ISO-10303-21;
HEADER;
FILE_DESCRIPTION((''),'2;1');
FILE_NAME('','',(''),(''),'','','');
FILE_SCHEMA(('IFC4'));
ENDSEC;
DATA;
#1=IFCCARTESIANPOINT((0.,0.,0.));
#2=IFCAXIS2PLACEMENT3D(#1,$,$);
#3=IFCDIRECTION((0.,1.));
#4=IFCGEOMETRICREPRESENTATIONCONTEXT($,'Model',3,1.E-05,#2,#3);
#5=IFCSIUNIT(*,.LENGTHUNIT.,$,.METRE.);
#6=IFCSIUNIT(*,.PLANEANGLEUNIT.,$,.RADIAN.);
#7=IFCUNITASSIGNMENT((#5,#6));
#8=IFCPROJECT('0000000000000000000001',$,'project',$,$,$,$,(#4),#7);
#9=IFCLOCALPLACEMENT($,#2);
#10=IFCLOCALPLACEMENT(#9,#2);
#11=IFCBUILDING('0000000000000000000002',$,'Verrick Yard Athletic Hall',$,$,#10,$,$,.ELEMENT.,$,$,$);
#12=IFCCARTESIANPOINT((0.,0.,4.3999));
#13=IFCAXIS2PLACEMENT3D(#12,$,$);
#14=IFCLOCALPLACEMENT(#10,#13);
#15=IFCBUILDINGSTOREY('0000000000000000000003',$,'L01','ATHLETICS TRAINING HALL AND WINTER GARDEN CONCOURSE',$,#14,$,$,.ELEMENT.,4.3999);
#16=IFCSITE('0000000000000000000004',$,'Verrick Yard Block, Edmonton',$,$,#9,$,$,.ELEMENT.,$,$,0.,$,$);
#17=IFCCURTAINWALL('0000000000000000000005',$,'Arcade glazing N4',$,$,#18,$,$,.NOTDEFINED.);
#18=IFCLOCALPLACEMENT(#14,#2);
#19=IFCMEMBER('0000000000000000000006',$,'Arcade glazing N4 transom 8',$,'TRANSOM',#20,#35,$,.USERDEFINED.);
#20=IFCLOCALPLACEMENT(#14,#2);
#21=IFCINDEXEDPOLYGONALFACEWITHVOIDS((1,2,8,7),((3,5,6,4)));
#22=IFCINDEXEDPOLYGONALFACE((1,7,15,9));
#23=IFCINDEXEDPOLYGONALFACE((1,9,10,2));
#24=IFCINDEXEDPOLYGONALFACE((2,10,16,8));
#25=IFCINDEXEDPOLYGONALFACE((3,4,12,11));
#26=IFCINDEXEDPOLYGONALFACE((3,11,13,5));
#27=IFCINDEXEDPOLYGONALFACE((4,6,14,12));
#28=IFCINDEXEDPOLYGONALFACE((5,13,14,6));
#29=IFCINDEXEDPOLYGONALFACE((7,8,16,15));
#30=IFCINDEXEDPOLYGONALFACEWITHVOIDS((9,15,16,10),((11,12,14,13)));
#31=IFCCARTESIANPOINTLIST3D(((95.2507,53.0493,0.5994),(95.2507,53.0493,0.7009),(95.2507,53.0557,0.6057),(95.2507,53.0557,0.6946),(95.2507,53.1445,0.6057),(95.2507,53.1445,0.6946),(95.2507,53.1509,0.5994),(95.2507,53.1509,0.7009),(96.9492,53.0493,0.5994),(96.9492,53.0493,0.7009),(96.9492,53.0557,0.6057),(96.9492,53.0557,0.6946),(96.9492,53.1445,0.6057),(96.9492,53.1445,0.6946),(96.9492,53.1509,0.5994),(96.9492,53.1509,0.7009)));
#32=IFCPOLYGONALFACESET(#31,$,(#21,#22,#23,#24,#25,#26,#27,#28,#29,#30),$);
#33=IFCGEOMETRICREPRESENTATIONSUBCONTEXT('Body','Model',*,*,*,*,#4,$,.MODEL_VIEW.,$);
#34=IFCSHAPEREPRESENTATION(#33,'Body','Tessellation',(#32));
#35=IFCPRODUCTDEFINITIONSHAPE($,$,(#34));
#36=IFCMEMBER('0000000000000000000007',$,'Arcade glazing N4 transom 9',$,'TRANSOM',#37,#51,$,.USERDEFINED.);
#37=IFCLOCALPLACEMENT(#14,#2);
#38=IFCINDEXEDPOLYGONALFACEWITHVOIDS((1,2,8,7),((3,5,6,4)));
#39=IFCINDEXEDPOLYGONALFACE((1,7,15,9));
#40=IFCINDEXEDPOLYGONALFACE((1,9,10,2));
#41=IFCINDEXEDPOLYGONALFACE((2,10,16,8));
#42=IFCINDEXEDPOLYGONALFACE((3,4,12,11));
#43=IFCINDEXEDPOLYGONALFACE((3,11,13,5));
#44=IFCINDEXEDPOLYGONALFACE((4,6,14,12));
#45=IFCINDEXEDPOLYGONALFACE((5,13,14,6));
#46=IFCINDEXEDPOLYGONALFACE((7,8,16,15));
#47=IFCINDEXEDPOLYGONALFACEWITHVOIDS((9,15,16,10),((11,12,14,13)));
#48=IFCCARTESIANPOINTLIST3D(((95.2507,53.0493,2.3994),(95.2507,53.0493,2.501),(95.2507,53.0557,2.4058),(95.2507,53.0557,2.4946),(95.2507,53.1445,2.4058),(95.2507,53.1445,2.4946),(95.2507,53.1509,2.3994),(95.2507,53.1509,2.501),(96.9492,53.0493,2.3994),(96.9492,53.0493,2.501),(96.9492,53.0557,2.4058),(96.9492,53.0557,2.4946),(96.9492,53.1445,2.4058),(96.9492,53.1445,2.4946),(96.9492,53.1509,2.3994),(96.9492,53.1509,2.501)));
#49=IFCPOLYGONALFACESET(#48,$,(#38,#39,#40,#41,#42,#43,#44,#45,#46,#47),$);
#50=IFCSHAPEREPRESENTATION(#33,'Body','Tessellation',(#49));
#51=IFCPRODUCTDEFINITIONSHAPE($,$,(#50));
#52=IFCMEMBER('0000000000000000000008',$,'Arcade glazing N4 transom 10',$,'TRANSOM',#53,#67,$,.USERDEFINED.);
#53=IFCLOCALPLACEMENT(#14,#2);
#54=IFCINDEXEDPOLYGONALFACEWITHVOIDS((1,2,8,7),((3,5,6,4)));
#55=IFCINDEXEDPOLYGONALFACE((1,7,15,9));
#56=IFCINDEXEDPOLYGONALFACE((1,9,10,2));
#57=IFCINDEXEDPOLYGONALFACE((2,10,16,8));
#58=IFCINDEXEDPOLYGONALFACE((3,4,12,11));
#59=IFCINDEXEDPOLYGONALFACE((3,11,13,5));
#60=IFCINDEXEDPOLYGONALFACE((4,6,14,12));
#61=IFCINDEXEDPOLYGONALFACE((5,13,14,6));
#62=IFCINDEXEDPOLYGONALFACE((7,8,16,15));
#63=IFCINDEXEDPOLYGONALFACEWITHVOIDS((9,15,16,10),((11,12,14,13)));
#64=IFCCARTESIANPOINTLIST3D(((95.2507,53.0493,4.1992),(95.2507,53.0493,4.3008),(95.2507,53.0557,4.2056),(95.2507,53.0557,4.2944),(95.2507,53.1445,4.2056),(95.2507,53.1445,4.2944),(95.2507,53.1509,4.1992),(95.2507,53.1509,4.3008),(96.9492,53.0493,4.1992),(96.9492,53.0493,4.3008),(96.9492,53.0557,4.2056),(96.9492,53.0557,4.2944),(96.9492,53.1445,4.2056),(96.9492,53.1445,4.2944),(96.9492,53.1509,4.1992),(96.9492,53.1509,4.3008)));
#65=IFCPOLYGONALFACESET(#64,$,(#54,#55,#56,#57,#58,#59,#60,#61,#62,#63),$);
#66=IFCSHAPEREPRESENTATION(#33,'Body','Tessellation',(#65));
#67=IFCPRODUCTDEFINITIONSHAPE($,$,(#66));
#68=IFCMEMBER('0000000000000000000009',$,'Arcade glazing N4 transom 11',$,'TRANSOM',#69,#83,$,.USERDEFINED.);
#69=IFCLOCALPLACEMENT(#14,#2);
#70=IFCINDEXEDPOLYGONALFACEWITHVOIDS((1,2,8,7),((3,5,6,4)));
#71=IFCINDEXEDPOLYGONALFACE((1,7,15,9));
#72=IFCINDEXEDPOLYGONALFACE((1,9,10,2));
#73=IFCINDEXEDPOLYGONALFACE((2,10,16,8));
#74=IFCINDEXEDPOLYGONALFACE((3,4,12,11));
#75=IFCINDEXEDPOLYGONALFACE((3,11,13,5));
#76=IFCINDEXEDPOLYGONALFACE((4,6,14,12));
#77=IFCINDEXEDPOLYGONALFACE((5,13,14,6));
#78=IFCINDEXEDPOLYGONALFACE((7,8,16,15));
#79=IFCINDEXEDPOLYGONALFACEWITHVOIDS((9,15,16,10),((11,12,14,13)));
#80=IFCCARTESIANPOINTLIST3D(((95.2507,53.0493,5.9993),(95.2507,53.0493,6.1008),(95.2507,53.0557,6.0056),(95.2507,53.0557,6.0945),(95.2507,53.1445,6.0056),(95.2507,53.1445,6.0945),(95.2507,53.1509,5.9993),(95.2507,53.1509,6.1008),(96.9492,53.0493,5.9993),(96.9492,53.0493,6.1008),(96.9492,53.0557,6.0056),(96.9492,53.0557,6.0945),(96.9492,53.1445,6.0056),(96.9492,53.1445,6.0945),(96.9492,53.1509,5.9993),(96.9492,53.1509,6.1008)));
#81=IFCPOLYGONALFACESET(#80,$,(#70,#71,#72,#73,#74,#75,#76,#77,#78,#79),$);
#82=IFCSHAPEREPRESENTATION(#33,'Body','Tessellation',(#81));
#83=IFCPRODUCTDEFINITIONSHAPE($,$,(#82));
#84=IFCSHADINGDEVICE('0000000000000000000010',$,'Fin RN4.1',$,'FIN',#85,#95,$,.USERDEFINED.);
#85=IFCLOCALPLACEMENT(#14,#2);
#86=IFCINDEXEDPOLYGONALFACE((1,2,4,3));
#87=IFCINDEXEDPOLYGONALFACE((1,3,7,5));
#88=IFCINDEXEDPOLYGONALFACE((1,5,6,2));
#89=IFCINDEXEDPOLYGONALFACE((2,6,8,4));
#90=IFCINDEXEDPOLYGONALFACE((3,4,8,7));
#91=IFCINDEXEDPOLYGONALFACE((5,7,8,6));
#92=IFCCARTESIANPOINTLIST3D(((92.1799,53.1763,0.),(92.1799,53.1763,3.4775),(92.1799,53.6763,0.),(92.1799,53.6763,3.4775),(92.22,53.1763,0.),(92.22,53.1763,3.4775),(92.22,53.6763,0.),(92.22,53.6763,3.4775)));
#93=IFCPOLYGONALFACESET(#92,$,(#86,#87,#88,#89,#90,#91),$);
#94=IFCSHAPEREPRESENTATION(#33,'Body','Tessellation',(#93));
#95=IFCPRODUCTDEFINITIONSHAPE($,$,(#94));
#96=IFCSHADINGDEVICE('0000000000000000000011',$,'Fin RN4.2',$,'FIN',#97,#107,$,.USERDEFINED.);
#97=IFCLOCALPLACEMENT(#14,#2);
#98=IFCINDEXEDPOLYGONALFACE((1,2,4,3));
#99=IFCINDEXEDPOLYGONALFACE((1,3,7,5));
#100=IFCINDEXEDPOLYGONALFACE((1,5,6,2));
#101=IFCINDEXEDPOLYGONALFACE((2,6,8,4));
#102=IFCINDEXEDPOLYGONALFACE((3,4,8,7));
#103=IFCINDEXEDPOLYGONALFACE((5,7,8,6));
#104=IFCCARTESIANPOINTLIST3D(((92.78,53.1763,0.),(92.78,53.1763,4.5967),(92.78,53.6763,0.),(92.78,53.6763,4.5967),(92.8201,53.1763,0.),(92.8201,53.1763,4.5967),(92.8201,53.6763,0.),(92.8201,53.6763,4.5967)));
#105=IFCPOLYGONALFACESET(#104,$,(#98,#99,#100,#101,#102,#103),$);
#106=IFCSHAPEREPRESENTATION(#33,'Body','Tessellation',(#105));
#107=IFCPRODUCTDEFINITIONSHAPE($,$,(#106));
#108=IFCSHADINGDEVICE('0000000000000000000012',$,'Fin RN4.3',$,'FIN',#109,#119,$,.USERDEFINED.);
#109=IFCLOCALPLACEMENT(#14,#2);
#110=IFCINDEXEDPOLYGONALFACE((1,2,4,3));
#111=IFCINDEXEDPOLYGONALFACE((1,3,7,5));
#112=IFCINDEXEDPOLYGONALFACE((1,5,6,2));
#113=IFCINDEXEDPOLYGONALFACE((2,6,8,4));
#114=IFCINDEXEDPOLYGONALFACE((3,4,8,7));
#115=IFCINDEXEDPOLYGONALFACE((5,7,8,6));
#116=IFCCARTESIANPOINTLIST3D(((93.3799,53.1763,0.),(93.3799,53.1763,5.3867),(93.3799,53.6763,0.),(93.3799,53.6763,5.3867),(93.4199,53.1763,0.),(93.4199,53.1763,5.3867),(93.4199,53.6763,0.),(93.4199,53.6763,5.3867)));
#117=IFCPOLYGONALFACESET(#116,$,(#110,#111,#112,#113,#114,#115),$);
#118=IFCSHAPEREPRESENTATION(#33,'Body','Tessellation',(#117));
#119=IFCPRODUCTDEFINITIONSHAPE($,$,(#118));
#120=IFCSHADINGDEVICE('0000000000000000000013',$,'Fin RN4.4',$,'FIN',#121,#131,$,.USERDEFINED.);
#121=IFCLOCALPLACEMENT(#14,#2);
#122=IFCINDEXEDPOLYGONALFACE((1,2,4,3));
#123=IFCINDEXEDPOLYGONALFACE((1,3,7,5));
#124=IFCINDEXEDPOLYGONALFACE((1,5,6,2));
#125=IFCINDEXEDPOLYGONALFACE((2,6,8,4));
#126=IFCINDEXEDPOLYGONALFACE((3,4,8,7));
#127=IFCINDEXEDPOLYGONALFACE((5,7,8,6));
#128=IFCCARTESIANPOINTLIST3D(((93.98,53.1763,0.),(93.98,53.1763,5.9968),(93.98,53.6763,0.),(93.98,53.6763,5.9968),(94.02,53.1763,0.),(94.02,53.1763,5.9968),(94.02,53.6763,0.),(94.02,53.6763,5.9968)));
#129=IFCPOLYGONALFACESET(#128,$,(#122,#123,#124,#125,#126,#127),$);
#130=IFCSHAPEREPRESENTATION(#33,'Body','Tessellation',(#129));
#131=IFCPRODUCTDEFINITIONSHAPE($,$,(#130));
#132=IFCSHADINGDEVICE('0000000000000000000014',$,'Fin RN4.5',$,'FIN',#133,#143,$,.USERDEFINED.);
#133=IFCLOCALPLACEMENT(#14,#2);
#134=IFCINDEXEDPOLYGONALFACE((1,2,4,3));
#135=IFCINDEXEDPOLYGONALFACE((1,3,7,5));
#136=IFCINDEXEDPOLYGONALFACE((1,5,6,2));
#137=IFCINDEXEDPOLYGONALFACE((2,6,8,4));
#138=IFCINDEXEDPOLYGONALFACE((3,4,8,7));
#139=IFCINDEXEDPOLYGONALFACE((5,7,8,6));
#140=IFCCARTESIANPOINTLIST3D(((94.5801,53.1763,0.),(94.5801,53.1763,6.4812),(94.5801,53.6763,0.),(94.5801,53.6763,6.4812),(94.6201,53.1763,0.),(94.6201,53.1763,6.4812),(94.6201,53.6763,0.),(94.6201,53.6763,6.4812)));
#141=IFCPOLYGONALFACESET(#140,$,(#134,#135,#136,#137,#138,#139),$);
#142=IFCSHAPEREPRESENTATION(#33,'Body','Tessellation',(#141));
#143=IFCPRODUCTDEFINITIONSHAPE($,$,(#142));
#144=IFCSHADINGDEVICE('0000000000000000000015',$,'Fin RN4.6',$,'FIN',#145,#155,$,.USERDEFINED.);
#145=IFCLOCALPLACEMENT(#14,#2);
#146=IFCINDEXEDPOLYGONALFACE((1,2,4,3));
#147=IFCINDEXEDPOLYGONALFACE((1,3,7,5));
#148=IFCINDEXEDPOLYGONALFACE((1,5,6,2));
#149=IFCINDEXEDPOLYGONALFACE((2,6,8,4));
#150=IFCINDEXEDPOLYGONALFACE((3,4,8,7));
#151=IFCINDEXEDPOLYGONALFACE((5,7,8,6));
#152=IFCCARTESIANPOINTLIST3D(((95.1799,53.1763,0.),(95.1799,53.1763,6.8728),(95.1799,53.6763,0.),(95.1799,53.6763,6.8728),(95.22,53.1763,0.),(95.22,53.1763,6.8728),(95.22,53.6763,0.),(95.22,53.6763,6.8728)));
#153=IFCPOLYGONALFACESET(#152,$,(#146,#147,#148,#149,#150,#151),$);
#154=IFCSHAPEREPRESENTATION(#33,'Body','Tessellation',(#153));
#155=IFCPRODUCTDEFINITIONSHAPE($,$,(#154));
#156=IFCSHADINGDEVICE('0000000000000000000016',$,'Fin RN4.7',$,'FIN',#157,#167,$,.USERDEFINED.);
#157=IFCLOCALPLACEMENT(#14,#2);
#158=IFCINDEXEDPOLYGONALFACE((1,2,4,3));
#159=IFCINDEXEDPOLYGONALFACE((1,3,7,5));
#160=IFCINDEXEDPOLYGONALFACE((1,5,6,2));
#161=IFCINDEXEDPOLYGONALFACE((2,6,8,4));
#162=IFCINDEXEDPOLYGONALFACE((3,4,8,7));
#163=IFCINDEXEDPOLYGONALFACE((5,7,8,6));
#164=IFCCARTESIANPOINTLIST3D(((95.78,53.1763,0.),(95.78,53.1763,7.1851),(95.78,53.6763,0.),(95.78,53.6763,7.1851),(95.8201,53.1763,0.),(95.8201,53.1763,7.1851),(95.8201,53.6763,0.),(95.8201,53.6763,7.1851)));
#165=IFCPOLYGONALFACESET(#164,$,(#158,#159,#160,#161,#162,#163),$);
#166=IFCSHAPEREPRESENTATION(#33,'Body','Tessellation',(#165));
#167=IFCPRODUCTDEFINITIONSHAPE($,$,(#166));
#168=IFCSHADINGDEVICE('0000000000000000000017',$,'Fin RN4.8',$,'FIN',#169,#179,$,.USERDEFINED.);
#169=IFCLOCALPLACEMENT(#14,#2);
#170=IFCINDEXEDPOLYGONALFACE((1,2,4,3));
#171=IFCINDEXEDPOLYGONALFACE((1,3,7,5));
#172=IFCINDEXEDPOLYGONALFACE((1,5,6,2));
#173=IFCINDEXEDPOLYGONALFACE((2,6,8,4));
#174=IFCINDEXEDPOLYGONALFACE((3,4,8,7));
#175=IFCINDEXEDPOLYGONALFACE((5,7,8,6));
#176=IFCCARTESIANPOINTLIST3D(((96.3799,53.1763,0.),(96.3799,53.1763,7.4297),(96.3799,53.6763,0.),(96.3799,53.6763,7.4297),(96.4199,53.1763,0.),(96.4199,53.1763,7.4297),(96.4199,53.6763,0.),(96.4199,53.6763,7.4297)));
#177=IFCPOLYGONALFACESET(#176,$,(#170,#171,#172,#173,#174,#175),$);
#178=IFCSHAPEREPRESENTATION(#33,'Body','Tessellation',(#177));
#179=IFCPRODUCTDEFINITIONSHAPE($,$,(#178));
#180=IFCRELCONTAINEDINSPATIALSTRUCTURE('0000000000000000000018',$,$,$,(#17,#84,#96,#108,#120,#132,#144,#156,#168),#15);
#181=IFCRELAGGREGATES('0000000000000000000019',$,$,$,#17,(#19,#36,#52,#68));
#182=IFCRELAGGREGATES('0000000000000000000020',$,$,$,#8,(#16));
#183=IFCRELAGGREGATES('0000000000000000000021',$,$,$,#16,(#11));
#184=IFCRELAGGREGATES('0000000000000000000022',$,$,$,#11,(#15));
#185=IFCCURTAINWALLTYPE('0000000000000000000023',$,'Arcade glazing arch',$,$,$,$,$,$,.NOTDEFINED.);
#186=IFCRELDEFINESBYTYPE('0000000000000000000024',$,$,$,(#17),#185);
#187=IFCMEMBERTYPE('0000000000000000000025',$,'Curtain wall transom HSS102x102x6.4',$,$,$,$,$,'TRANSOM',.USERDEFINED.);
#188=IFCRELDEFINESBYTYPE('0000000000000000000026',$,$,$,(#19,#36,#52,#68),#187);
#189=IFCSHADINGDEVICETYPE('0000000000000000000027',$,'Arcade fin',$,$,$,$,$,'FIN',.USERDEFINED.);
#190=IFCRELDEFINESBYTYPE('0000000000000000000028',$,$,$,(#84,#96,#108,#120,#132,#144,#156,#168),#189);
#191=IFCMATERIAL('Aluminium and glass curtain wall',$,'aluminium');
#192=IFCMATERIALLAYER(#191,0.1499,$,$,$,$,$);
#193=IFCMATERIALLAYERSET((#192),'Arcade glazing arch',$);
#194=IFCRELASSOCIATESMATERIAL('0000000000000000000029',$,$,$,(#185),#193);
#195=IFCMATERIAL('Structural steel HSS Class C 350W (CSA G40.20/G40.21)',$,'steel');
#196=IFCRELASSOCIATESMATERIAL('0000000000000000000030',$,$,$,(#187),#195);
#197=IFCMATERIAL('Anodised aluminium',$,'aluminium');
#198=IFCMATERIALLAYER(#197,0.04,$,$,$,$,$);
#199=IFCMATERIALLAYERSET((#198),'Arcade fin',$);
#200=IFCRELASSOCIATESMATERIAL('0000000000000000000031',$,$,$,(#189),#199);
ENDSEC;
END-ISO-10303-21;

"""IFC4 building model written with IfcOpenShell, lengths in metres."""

from ifc_helpers import new_model, si_unit, direction, frame, origin, origin_2d, place, context, subcontext, project, spatial, polyline, hollow_rectangle, outline, extrude, material, layer, layer_set, material_profile, profile_set, type_object, element, aggregate, save


model = new_model("IFC4")

# Units and contexts
model_context = context("Model", 3, precision=1e-05, world=origin(), true_north=direction((0.0, 1.0)))
body_context = subcontext(model_context, "Body", "Model", "MODEL_VIEW")
ifc_project = project(units=[si_unit("LENGTHUNIT", "METRE"), si_unit("PLANEANGLEUNIT", "RADIAN")], contexts=[model_context])

# Site, building, storey
site_placement = place(None, origin())
site = spatial("IfcSite", under=ifc_project, at=site_placement, Name="Verrick Yard Block, Edmonton", CompositionType="ELEMENT", RefElevation=0.0)
building_placement = place(site_placement, origin())
building = spatial("IfcBuilding", under=site, at=building_placement, Name="Verrick Yard Athletic Hall", CompositionType="ELEMENT")
storey_placement = place(building_placement, frame((0.0, 0.0, 4.3999)))
storey = spatial("IfcBuildingStorey", under=building, at=storey_placement, Name="L01", Description="ATHLETICS TRAINING HALL AND WINTER GARDEN CONCOURSE", CompositionType="ELEMENT", Elevation=4.3999)

# Curtain wall, members
ifc_material_1 = material(Name="Aluminium and glass curtain wall", Category="aluminium")
ifc_layer_1 = layer(ifc_material_1, 0.1499)
ifc_layer_set_1 = layer_set([ifc_layer_1], Name="Arcade glazing arch")
curtain_wall_type = type_object("IfcCurtainWallType", Name="Arcade glazing arch", PredefinedType="NOTDEFINED", material=ifc_layer_set_1)
curtain_wall_placement = place(storey_placement, origin())
curtain_wall = element("IfcCurtainWall", 1, at=curtain_wall_placement, inside=storey, type_object=curtain_wall_type, Name="Arcade glazing N4", PredefinedType="NOTDEFINED")
ifc_material_2 = material(Name="Structural steel HSS Class C 350W (CSA G40.20/G40.21)", Category="steel")
ifc_material_profile_1 = material_profile(ifc_material_2, hollow_rectangle(XDim=0.1016, YDim=0.1016, WallThickness=0.0063, at=origin_2d()), Name="HSS102x102x6.4")
ifc_profile_set_1 = profile_set([ifc_material_profile_1], Name="Structural steel HSS Class C 350W (CSA G40.20/G40.21)")
member_type_1 = type_object("IfcMemberType", Name="Curtain wall transom HSS102x102x6.4", ElementType="TRANSOM", PredefinedType="USERDEFINED", material=ifc_profile_set_1)
member_1_placement = place(storey_placement, frame((95.2507, 53.1001, 0.6501), z_axis=(1.0, 0.0, 0.0), x_axis=(0.0, 1.0, 0.0)))
member_1 = element("IfcMember", 2, at=member_1_placement, type_object=member_type_1, Name="Arcade glazing N4 transom 8", ObjectType="TRANSOM", PredefinedType="USERDEFINED", context=body_context, shape_type="SweptSolid", body=[
    extrude(hollow_rectangle(XDim=0.1016, YDim=0.1016, WallThickness=0.0063, at=origin_2d()), origin(), (0.0, 0.0, 1.0), 1.6985),
])
member_2_placement = place(storey_placement, frame((95.2507, 53.1001, 2.4502), z_axis=(1.0, 0.0, 0.0), x_axis=(0.0, 1.0, 0.0)))
member_2 = element("IfcMember", 3, at=member_2_placement, type_object=member_type_1, Name="Arcade glazing N4 transom 9", ObjectType="TRANSOM", PredefinedType="USERDEFINED", context=body_context, shape_type="SweptSolid", body=[
    extrude(hollow_rectangle(XDim=0.1016, YDim=0.1016, WallThickness=0.0063, at=origin_2d()), origin(), (0.0, 0.0, 1.0), 1.6985),
])
member_3_placement = place(storey_placement, frame((95.2507, 53.1001, 4.25), z_axis=(1.0, 0.0, 0.0), x_axis=(0.0, 1.0, 0.0)))
member_3 = element("IfcMember", 4, at=member_3_placement, type_object=member_type_1, Name="Arcade glazing N4 transom 10", ObjectType="TRANSOM", PredefinedType="USERDEFINED", context=body_context, shape_type="SweptSolid", body=[
    extrude(hollow_rectangle(XDim=0.1016, YDim=0.1016, WallThickness=0.0063, at=origin_2d()), origin(), (0.0, 0.0, 1.0), 1.6985),
])
member_4_placement = place(storey_placement, frame((95.2507, 53.1001, 6.05), z_axis=(1.0, 0.0, 0.0), x_axis=(0.0, 1.0, 0.0)))
member_4 = element("IfcMember", 5, at=member_4_placement, type_object=member_type_1, Name="Arcade glazing N4 transom 11", ObjectType="TRANSOM", PredefinedType="USERDEFINED", context=body_context, shape_type="SweptSolid", body=[
    extrude(hollow_rectangle(XDim=0.1016, YDim=0.1016, WallThickness=0.0063, at=origin_2d()), origin(), (0.0, 0.0, 1.0), 1.6985),
])
aggregate(curtain_wall, [member_1, member_2, member_3, member_4])

# Shading devices
ifc_material_3 = material(Name="Anodised aluminium", Category="aluminium")
ifc_layer_2 = layer(ifc_material_3, 0.04)
ifc_layer_set_2 = layer_set([ifc_layer_2], Name="Arcade fin")
shading_device_type = type_object("IfcShadingDeviceType", Name="Arcade fin", ElementType="FIN", PredefinedType="USERDEFINED", material=ifc_layer_set_2)
shading_device_1_placement = place(storey_placement, frame((92.2, 53.1763, 0.0), z_axis=(0.0, 0.0, 1.0), x_axis=(0.0, 1.0, 0.0)))
element("IfcShadingDevice", 6, at=shading_device_1_placement, inside=storey, type_object=shading_device_type, Name="Fin RN4.1", ObjectType="FIN", PredefinedType="USERDEFINED", context=body_context, shape_type="SweptSolid", body=[
    extrude(outline(polyline([(0.0, 0.0), (0.5, 0.0), (0.5, 3.4775), (0.0, 3.4775), (0.0, 0.0)])), frame((0.0, 0.02, 0.0), z_axis=(0.0, -1.0, 0.0), x_axis=(1.0, 0.0, 0.0)), (0.0, 0.0, 1.0), 0.04),
])
shading_device_2_placement = place(storey_placement, frame((92.8, 53.1763, 0.0), z_axis=(0.0, 0.0, 1.0), x_axis=(0.0, 1.0, 0.0)))
element("IfcShadingDevice", 7, at=shading_device_2_placement, inside=storey, type_object=shading_device_type, Name="Fin RN4.2", ObjectType="FIN", PredefinedType="USERDEFINED", context=body_context, shape_type="SweptSolid", body=[
    extrude(outline(polyline([(0.0, 0.0), (0.5, 0.0), (0.5, 4.5967), (0.0, 4.5967), (0.0, 0.0)])), frame((0.0, 0.02, 0.0), z_axis=(0.0, -1.0, 0.0), x_axis=(1.0, 0.0, 0.0)), (0.0, 0.0, 1.0), 0.04),
])
shading_device_3_placement = place(storey_placement, frame((93.3999, 53.1763, 0.0), z_axis=(0.0, 0.0, 1.0), x_axis=(0.0, 1.0, 0.0)))
element("IfcShadingDevice", 8, at=shading_device_3_placement, inside=storey, type_object=shading_device_type, Name="Fin RN4.3", ObjectType="FIN", PredefinedType="USERDEFINED", context=body_context, shape_type="SweptSolid", body=[
    extrude(outline(polyline([(0.0, 0.0), (0.5, 0.0), (0.5, 5.3867), (0.0, 5.3867), (0.0, 0.0)])), frame((0.0, 0.02, 0.0), z_axis=(0.0, -1.0, 0.0), x_axis=(1.0, 0.0, 0.0)), (0.0, 0.0, 1.0), 0.04),
])
shading_device_4_placement = place(storey_placement, frame((94.0, 53.1763, 0.0), z_axis=(0.0, 0.0, 1.0), x_axis=(0.0, 1.0, 0.0)))
element("IfcShadingDevice", 9, at=shading_device_4_placement, inside=storey, type_object=shading_device_type, Name="Fin RN4.4", ObjectType="FIN", PredefinedType="USERDEFINED", context=body_context, shape_type="SweptSolid", body=[
    extrude(outline(polyline([(0.0, 0.0), (0.5, 0.0), (0.5, 5.9968), (0.0, 5.9968), (0.0, 0.0)])), frame((0.0, 0.02, 0.0), z_axis=(0.0, -1.0, 0.0), x_axis=(1.0, 0.0, 0.0)), (0.0, 0.0, 1.0), 0.04),
])
shading_device_5_placement = place(storey_placement, frame((94.6001, 53.1763, 0.0), z_axis=(0.0, 0.0, 1.0), x_axis=(0.0, 1.0, 0.0)))
element("IfcShadingDevice", 10, at=shading_device_5_placement, inside=storey, type_object=shading_device_type, Name="Fin RN4.5", ObjectType="FIN", PredefinedType="USERDEFINED", context=body_context, shape_type="SweptSolid", body=[
    extrude(outline(polyline([(0.0, 0.0), (0.5, 0.0), (0.5, 6.4812), (0.0, 6.4812), (0.0, 0.0)])), frame((0.0, 0.02, 0.0), z_axis=(0.0, -1.0, 0.0), x_axis=(1.0, 0.0, 0.0)), (0.0, 0.0, 1.0), 0.04),
])
shading_device_6_placement = place(storey_placement, frame((95.2, 53.1763, 0.0), z_axis=(0.0, 0.0, 1.0), x_axis=(0.0, 1.0, 0.0)))
element("IfcShadingDevice", 11, at=shading_device_6_placement, inside=storey, type_object=shading_device_type, Name="Fin RN4.6", ObjectType="FIN", PredefinedType="USERDEFINED", context=body_context, shape_type="SweptSolid", body=[
    extrude(outline(polyline([(0.0, 0.0), (0.5, 0.0), (0.5, 6.8728), (0.0, 6.8728), (0.0, 0.0)])), frame((0.0, 0.02, 0.0), z_axis=(0.0, -1.0, 0.0), x_axis=(1.0, 0.0, 0.0)), (0.0, 0.0, 1.0), 0.04),
])
shading_device_7_placement = place(storey_placement, frame((95.8, 53.1763, 0.0), z_axis=(0.0, 0.0, 1.0), x_axis=(0.0, 1.0, 0.0)))
element("IfcShadingDevice", 12, at=shading_device_7_placement, inside=storey, type_object=shading_device_type, Name="Fin RN4.7", ObjectType="FIN", PredefinedType="USERDEFINED", context=body_context, shape_type="SweptSolid", body=[
    extrude(outline(polyline([(0.0, 0.0), (0.5, 0.0), (0.5, 7.1851), (0.0, 7.1851), (0.0, 0.0)])), frame((0.0, 0.02, 0.0), z_axis=(0.0, -1.0, 0.0), x_axis=(1.0, 0.0, 0.0)), (0.0, 0.0, 1.0), 0.04),
])
shading_device_8_placement = place(storey_placement, frame((96.3999, 53.1763, 0.0), z_axis=(0.0, 0.0, 1.0), x_axis=(0.0, 1.0, 0.0)))
element("IfcShadingDevice", 13, at=shading_device_8_placement, inside=storey, type_object=shading_device_type, Name="Fin RN4.8", ObjectType="FIN", PredefinedType="USERDEFINED", context=body_context, shape_type="SweptSolid", body=[
    extrude(outline(polyline([(0.0, 0.0), (0.5, 0.0), (0.5, 7.4297), (0.0, 7.4297), (0.0, 0.0)])), frame((0.0, 0.02, 0.0), z_axis=(0.0, -1.0, 0.0), x_axis=(1.0, 0.0, 0.0)), (0.0, 0.0, 1.0), 0.04),
])

save(model, "model.ifc")
